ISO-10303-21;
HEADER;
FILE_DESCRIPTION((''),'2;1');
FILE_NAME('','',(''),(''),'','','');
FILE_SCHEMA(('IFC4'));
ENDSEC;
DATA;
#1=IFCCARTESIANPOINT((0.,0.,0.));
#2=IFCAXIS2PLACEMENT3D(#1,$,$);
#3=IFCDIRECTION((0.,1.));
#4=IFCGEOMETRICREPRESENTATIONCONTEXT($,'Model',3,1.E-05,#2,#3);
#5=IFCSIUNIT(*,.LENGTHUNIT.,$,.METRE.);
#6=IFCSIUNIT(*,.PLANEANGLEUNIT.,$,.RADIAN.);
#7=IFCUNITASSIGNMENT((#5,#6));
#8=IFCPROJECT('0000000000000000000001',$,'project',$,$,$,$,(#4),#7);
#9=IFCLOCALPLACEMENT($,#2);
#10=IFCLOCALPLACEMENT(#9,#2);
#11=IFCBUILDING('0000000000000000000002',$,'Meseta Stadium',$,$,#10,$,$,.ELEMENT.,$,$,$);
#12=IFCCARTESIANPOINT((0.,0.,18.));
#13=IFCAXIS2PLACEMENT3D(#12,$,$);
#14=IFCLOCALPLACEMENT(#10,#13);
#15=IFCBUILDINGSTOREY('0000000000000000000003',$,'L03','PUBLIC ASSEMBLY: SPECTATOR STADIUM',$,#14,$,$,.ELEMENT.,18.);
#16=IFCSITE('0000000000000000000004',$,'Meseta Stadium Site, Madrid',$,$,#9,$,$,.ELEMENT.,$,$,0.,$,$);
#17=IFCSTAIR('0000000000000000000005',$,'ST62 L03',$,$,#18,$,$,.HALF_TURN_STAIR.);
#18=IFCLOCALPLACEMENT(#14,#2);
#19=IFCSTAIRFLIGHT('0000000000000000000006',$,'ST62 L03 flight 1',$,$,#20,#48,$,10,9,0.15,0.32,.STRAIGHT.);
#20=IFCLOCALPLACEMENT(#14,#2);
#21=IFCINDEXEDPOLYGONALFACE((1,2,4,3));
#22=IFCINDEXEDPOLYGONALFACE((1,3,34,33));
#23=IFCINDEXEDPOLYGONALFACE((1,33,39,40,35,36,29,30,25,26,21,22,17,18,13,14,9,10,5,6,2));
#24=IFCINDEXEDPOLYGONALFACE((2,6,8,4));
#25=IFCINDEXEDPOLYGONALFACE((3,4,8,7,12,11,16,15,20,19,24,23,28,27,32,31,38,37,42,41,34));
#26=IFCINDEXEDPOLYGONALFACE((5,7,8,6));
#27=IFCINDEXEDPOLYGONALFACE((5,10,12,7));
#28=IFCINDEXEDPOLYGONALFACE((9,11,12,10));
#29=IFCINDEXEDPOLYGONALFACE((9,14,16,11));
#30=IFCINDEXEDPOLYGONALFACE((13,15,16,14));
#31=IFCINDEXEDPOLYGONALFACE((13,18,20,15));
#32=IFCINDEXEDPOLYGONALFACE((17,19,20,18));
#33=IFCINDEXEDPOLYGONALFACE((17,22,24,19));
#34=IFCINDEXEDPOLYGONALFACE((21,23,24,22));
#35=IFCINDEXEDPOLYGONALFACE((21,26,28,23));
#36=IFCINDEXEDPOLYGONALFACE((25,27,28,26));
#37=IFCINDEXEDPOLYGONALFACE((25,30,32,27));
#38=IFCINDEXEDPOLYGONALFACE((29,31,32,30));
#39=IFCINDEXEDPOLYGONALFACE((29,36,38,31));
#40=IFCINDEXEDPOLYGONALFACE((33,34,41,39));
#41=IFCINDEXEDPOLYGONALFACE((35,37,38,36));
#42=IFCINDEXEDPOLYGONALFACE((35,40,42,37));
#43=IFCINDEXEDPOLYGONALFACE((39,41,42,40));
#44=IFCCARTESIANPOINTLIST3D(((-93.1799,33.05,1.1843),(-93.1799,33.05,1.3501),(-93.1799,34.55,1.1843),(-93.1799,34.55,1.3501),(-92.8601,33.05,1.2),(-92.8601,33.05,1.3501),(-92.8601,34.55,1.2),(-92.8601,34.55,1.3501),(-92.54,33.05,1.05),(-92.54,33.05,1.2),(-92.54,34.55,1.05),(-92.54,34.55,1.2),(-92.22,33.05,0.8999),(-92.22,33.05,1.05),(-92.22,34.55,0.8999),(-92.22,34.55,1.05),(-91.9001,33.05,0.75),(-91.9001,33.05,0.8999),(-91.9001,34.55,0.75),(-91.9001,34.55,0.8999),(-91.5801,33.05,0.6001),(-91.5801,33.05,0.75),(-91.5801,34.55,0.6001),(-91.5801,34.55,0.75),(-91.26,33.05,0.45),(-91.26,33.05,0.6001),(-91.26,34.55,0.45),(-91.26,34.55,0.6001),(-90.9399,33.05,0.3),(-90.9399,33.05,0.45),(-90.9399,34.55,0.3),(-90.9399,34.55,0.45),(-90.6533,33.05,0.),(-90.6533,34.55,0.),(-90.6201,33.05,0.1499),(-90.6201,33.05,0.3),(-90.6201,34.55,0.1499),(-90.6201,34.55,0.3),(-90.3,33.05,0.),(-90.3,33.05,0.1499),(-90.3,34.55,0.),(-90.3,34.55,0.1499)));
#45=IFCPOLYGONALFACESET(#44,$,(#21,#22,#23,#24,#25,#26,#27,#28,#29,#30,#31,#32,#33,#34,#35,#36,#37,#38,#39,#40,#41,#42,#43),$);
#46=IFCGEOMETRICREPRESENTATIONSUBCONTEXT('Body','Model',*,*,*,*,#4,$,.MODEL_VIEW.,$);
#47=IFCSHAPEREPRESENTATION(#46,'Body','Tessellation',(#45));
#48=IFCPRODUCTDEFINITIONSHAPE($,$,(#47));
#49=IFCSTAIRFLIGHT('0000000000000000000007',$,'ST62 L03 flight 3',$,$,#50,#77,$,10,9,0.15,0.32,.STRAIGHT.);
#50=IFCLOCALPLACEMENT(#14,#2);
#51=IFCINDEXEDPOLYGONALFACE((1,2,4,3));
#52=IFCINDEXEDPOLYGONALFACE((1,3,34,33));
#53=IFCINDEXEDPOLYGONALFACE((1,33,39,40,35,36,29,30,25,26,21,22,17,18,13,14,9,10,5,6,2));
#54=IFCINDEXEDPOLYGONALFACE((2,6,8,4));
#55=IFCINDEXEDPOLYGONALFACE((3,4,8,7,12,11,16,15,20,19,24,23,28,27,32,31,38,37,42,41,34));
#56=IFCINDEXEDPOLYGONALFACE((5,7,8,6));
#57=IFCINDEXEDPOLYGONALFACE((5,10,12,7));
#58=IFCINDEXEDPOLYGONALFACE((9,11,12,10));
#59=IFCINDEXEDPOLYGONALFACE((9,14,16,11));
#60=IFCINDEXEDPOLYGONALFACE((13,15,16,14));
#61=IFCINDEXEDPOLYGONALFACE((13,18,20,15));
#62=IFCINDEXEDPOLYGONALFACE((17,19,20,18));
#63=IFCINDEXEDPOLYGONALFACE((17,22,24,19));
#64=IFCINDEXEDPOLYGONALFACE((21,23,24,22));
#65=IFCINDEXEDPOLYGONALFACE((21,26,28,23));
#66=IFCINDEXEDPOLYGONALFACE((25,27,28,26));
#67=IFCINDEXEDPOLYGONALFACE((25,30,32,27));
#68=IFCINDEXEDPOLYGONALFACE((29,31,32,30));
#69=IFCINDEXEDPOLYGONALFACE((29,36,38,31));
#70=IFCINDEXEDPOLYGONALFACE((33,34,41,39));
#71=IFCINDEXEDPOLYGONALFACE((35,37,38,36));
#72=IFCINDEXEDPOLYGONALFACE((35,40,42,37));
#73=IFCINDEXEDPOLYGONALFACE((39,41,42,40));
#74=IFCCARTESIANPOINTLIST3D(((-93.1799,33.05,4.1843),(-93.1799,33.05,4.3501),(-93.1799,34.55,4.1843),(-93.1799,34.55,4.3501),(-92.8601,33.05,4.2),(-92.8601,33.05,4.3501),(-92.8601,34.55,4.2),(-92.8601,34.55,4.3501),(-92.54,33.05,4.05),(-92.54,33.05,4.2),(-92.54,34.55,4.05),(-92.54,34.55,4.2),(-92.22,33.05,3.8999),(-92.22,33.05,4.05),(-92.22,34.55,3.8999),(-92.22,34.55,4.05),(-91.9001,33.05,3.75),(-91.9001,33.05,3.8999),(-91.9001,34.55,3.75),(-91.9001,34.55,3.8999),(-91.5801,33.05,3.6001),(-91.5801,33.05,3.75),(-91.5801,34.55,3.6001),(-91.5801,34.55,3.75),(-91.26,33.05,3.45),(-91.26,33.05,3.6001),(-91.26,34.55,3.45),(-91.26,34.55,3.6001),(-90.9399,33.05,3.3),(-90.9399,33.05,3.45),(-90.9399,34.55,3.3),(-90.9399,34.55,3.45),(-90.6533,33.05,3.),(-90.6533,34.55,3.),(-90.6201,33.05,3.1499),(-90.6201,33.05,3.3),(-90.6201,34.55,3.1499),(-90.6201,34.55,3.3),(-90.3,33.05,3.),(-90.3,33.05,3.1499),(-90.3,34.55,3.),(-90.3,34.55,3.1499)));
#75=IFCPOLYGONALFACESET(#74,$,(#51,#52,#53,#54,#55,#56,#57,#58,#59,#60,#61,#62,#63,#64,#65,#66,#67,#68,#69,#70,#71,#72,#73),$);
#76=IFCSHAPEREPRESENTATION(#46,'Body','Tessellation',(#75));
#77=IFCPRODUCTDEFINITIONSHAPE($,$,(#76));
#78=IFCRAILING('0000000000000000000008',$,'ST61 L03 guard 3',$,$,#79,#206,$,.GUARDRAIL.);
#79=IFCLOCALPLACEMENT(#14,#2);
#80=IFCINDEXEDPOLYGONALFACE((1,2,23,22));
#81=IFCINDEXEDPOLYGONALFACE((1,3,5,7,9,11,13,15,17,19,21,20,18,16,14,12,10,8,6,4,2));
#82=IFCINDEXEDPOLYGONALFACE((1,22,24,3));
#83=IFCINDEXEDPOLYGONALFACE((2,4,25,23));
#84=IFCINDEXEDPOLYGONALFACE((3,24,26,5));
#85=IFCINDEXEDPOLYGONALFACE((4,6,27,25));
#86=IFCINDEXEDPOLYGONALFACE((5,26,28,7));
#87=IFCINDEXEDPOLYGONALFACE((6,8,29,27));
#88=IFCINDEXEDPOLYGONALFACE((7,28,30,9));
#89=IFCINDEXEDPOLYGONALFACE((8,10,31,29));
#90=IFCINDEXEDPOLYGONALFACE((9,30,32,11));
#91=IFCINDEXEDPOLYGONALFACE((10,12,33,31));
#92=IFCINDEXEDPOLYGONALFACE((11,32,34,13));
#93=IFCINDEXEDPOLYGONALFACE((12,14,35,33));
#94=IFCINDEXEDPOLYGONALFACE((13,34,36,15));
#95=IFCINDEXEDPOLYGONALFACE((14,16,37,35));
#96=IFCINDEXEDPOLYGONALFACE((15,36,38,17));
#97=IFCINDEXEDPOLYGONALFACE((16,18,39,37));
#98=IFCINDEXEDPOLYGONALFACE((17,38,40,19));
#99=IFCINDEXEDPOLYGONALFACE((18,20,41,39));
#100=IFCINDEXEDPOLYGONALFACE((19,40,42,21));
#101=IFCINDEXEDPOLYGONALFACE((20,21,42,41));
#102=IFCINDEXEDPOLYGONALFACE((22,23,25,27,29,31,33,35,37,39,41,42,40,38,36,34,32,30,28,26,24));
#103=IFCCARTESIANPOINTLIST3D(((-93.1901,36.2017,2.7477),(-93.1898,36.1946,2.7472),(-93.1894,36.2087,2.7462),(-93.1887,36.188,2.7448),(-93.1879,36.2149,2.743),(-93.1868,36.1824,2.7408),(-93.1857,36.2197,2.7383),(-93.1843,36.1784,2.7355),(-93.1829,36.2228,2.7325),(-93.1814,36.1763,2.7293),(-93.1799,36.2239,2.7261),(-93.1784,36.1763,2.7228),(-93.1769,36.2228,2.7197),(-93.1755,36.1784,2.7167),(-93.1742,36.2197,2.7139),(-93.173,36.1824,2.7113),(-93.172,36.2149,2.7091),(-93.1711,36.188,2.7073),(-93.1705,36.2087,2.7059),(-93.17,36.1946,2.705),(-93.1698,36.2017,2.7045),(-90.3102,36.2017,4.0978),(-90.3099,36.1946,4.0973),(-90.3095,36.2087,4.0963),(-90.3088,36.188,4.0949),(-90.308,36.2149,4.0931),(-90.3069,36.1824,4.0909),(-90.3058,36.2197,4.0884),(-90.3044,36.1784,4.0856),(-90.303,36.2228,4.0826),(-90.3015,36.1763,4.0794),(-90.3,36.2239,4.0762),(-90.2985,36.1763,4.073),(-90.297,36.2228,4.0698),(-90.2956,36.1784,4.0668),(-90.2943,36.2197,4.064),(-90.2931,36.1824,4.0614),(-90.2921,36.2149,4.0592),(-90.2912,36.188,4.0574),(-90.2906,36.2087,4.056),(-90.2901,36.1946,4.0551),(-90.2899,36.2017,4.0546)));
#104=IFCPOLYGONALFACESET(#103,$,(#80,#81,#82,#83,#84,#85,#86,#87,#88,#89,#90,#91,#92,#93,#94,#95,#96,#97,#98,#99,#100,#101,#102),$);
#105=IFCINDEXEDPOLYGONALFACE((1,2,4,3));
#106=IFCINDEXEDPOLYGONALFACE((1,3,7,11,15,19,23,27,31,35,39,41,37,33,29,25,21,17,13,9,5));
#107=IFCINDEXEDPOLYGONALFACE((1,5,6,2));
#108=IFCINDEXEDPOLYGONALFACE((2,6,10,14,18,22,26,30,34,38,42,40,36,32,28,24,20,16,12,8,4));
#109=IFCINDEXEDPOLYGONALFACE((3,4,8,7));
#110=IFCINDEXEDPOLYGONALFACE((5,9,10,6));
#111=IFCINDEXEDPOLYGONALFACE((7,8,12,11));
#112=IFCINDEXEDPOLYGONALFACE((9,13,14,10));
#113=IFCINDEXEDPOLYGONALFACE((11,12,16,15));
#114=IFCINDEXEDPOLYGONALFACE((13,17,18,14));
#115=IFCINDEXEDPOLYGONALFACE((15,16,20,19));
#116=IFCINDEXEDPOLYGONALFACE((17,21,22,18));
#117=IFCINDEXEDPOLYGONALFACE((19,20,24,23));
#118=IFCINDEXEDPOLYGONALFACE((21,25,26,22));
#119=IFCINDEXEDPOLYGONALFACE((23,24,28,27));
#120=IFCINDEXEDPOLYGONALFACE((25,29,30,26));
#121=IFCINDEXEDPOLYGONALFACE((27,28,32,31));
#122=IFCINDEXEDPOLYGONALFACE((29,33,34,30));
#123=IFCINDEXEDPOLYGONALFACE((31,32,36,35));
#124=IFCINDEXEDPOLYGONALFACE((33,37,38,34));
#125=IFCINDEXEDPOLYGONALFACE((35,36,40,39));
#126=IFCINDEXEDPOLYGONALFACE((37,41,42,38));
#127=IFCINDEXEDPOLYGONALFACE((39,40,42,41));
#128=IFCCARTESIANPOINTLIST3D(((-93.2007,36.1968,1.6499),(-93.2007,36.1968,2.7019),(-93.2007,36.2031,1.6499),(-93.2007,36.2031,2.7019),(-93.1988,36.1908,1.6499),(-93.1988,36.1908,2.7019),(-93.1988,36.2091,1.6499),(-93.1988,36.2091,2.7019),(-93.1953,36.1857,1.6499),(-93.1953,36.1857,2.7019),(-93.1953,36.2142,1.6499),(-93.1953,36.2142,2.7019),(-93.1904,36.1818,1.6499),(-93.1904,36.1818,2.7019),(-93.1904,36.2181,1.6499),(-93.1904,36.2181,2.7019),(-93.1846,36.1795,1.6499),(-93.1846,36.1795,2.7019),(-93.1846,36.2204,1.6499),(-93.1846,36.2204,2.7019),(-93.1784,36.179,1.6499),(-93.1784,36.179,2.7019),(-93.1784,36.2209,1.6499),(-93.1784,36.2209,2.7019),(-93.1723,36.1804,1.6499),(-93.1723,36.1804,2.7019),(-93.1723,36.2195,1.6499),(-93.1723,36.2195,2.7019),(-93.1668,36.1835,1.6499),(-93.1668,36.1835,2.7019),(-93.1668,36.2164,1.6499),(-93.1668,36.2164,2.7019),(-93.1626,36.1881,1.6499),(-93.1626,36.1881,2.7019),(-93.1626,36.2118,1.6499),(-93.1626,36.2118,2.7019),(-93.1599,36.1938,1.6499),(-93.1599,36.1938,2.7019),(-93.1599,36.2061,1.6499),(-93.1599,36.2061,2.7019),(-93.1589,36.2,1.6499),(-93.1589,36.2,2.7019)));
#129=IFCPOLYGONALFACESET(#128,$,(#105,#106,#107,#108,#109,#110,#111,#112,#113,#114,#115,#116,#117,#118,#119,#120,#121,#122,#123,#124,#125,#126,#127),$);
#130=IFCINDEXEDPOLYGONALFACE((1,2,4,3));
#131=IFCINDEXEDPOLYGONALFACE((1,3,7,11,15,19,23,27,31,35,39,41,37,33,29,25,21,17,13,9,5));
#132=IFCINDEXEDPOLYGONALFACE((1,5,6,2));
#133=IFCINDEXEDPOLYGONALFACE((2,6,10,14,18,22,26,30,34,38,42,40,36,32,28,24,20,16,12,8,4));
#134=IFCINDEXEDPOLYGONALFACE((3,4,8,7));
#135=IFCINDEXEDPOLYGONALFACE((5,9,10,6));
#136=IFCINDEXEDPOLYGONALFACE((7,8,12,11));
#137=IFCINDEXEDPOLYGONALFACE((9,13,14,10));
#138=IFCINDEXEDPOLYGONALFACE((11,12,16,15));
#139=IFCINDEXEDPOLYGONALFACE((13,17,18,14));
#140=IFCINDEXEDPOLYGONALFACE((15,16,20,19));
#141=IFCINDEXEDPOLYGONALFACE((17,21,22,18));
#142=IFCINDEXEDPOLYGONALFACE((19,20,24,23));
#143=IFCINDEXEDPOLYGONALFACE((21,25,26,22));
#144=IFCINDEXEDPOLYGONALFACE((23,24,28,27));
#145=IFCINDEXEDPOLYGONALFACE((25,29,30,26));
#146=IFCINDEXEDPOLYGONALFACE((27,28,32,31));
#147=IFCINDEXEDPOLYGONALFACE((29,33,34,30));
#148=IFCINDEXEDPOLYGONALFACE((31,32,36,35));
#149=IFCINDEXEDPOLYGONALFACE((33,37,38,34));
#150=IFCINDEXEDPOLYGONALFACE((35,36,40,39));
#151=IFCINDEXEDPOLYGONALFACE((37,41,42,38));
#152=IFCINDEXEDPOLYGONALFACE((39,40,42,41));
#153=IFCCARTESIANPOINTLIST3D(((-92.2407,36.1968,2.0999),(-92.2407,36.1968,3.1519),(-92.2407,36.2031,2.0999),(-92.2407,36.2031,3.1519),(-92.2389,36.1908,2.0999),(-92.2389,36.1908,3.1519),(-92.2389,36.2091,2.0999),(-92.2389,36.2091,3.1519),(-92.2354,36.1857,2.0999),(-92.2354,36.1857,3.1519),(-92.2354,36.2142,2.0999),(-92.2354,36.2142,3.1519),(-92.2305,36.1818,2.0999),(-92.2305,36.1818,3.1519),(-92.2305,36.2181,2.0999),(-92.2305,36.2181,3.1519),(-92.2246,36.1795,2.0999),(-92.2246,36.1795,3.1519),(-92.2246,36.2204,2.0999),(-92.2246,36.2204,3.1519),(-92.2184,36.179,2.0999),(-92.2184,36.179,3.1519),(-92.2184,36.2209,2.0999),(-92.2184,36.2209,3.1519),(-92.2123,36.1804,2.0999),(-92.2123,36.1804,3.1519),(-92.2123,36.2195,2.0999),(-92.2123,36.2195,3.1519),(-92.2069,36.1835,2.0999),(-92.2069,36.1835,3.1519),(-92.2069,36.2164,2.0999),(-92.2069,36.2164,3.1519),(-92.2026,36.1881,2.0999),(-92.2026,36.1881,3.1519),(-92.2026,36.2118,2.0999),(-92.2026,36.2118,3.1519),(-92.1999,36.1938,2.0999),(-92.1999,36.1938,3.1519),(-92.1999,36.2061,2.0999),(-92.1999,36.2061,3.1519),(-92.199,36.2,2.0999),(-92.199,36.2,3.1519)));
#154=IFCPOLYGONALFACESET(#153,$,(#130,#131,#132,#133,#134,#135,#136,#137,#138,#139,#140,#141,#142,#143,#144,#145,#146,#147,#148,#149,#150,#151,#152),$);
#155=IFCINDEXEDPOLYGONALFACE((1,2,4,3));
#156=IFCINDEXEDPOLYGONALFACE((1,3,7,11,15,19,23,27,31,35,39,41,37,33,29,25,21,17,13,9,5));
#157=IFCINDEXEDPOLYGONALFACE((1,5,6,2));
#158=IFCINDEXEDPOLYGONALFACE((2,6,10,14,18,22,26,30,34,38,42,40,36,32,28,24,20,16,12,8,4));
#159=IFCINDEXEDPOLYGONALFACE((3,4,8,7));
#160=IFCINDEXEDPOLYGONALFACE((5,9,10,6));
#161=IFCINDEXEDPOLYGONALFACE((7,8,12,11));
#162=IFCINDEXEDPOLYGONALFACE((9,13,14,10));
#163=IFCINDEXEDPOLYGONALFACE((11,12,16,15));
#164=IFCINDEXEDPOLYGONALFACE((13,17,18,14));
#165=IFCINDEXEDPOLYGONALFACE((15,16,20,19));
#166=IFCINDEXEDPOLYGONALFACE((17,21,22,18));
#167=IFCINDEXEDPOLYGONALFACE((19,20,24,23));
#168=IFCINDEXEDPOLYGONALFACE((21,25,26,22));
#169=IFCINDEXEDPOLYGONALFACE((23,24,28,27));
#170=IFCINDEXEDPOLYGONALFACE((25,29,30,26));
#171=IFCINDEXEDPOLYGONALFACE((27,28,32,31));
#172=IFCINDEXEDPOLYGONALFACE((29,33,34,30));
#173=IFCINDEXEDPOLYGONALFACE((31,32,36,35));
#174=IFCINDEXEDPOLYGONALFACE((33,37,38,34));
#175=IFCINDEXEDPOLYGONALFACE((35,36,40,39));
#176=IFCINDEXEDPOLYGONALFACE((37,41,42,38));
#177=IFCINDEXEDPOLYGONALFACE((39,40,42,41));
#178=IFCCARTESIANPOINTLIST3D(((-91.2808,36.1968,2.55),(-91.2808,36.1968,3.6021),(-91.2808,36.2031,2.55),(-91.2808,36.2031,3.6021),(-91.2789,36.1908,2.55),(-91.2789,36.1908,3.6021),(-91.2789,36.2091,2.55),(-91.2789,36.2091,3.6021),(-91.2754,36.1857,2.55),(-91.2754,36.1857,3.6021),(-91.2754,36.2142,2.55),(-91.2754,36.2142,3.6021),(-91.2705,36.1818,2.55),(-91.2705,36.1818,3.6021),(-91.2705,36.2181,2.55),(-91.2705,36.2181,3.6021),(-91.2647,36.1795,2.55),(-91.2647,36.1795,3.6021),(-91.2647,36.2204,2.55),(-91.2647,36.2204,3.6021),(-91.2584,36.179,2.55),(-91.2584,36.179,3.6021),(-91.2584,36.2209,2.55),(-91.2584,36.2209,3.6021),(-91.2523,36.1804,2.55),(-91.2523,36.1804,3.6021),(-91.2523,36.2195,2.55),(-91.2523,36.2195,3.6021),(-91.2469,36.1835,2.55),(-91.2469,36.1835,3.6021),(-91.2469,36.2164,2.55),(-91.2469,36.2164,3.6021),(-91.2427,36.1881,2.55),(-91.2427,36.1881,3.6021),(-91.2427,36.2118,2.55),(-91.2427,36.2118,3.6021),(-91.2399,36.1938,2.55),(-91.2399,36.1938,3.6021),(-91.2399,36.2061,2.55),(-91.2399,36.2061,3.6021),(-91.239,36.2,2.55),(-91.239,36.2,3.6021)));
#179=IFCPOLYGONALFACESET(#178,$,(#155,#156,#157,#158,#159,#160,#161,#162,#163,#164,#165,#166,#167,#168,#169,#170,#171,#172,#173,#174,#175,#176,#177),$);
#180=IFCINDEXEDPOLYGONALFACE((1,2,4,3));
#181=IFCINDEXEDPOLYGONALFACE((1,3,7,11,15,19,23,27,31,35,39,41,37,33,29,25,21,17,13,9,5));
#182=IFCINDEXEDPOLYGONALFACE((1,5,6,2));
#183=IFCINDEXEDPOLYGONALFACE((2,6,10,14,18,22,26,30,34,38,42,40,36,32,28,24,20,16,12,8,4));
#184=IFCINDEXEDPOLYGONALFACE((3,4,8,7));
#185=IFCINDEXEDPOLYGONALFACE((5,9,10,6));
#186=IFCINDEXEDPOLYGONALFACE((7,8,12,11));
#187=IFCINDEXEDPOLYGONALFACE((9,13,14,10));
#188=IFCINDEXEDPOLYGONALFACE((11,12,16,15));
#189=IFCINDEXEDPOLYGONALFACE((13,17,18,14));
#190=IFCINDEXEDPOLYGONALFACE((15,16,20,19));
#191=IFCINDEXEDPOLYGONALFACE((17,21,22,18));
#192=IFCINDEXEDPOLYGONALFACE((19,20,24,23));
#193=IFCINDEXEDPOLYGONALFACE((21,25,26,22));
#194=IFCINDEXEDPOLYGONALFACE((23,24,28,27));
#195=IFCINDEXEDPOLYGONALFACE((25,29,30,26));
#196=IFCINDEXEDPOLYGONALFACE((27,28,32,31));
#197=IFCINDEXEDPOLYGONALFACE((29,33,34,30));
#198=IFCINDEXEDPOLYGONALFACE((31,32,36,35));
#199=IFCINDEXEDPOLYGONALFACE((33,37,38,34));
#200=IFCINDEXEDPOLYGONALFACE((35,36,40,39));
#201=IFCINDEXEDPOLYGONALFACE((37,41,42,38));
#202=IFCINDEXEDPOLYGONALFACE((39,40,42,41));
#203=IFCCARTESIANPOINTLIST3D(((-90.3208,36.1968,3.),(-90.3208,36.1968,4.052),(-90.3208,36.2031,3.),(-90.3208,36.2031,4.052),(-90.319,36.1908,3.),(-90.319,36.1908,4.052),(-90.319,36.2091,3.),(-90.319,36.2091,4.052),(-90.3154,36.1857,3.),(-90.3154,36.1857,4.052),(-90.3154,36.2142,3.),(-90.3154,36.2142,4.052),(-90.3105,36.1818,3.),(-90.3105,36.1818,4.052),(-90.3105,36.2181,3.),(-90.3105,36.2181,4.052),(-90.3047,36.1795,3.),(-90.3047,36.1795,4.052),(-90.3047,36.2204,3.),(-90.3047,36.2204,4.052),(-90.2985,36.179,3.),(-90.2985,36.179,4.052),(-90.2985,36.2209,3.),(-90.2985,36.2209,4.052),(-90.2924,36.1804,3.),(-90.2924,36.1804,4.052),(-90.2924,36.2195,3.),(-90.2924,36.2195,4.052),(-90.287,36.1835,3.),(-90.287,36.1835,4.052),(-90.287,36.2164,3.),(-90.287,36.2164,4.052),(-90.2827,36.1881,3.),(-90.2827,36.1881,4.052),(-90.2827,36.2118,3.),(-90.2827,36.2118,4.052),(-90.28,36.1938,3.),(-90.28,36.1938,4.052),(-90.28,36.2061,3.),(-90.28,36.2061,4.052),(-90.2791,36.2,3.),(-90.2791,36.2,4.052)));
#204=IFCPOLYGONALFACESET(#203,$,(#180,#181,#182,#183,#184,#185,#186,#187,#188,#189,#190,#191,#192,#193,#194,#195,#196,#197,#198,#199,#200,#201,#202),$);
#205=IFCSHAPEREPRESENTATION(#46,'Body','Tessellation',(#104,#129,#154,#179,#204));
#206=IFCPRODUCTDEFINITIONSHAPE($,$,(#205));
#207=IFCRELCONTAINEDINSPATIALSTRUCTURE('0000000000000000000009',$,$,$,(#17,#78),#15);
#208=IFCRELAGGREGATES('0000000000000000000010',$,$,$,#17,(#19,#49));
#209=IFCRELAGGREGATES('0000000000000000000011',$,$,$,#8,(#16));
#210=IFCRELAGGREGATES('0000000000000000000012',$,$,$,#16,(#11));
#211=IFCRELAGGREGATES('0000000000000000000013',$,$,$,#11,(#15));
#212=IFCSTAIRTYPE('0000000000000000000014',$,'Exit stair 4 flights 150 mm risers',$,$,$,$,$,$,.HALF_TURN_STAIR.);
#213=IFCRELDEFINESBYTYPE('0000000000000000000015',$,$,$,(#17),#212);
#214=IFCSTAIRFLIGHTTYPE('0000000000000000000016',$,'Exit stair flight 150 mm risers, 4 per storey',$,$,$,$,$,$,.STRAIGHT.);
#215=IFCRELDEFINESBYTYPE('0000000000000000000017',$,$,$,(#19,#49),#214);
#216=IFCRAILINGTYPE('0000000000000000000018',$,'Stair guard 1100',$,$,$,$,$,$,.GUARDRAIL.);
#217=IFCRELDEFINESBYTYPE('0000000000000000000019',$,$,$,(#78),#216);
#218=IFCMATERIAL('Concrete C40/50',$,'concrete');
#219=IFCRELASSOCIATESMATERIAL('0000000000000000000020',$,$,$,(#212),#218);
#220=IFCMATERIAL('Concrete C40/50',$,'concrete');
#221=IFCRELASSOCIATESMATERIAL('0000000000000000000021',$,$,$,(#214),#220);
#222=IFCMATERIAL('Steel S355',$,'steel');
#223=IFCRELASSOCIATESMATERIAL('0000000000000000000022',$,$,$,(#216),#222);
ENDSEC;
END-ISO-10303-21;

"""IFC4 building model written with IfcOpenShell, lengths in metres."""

from ifc_helpers import new_model, si_unit, direction, frame, origin, origin_2d, place, context, subcontext, project, spatial, polyline, circle, outline, extrude, material, type_object, element, aggregate, save


model = new_model("IFC4")

# Units and contexts
model_context = context("Model", 3, precision=1e-05, world=origin(), true_north=direction((0.0, 1.0)))
body_context = subcontext(model_context, "Body", "Model", "MODEL_VIEW")
ifc_project = project(units=[si_unit("LENGTHUNIT", "METRE"), si_unit("PLANEANGLEUNIT", "RADIAN")], contexts=[model_context])

# Site, building, storey
site_placement = place(None, origin())
site = spatial("IfcSite", under=ifc_project, at=site_placement, Name="Meseta Stadium Site, Madrid", CompositionType="ELEMENT", RefElevation=0.0)
building_placement = place(site_placement, origin())
building = spatial("IfcBuilding", under=site, at=building_placement, Name="Meseta Stadium", CompositionType="ELEMENT")
storey_placement = place(building_placement, frame((0.0, 0.0, 18.0)))
storey = spatial("IfcBuildingStorey", under=building, at=storey_placement, Name="L03", Description="PUBLIC ASSEMBLY: SPECTATOR STADIUM", CompositionType="ELEMENT", Elevation=18.0)

# Stair, stair flights
ifc_material_1 = material(Name="Concrete C40/50", Category="concrete")
stair_type = type_object("IfcStairType", Name="Exit stair 4 flights 150 mm risers", PredefinedType="HALF_TURN_STAIR", material=ifc_material_1)
ifc_material_2 = material(Name="Concrete C40/50", Category="concrete")
stair_flight_type = type_object("IfcStairFlightType", Name="Exit stair flight 150 mm risers, 4 per storey", PredefinedType="STRAIGHT", material=ifc_material_2)
stair_1_placement = place(storey_placement, origin())
stair_1 = element("IfcStair", 1, at=stair_1_placement, inside=storey, type_object=stair_type, Name="ST62 L03", PredefinedType="HALF_TURN_STAIR")
stair_flight_1_placement = place(storey_placement, frame((-90.3, 33.8, 0.0), z_axis=(0.0, 0.0, 1.0), x_axis=(-1.0, 0.0, 0.0)))
stair_flight_1 = element("IfcStairFlight", 2, at=stair_flight_1_placement, type_object=stair_flight_type, Name="ST62 L03 flight 1", NumberOfRisers=10, NumberOfTreads=9, PredefinedType="STRAIGHT", RiserHeight=0.15, TreadLength=0.32, context=body_context, shape_type="SweptSolid", body=[
    extrude(outline(polyline([(0.0, 0.0), (0.0, 0.1499), (0.3201, 0.1499), (0.3201, 0.3), (0.6399, 0.3), (0.6399, 0.45), (0.96, 0.45), (0.96, 0.6001), (1.28, 0.6001), (1.28, 0.75), (1.6001, 0.75), (1.6001, 0.8999), (1.9199, 0.8999), (1.9199, 1.05), (2.24, 1.05), (2.24, 1.2), (2.5601, 1.2), (2.5601, 1.3501), (2.8799, 1.3501), (2.8799, 1.1843), (0.3533, 0.0), (0.0, 0.0)])), frame((0.0, 0.75, 0.0), z_axis=(0.0, -1.0, 0.0), x_axis=(1.0, 0.0, 0.0)), (0.0, 0.0, 1.0), 1.5),
])
stair_flight_2_placement = place(storey_placement, frame((-90.3, 33.8, 3.0), z_axis=(0.0, 0.0, 1.0), x_axis=(-1.0, 0.0, 0.0)))
stair_flight_2 = element("IfcStairFlight", 3, at=stair_flight_2_placement, type_object=stair_flight_type, Name="ST62 L03 flight 3", NumberOfRisers=10, NumberOfTreads=9, PredefinedType="STRAIGHT", RiserHeight=0.15, TreadLength=0.32, context=body_context, shape_type="SweptSolid", body=[
    extrude(outline(polyline([(0.0, 0.0), (0.0, 0.1499), (0.3201, 0.1499), (0.3201, 0.3), (0.6399, 0.3), (0.6399, 0.45), (0.96, 0.45), (0.96, 0.6001), (1.28, 0.6001), (1.28, 0.75), (1.6001, 0.75), (1.6001, 0.8999), (1.9199, 0.8999), (1.9199, 1.05), (2.24, 1.05), (2.24, 1.2), (2.5601, 1.2), (2.5601, 1.3501), (2.8799, 1.3501), (2.8799, 1.1843), (0.3533, 0.0), (0.0, 0.0)])), frame((0.0, 0.75, 0.0), z_axis=(0.0, -1.0, 0.0), x_axis=(1.0, 0.0, 0.0)), (0.0, 0.0, 1.0), 1.5),
])
aggregate(stair_1, [stair_flight_1, stair_flight_2])

# Railing
ifc_material_3 = material(Name="Steel S355", Category="steel")
railing_type_1 = type_object("IfcRailingType", Name="Stair guard 1100", PredefinedType="GUARDRAIL", material=ifc_material_3)
railing_1_placement = place(storey_placement, frame((-93.1799, 36.2, 1.6499)))
element("IfcRailing", 4, at=railing_1_placement, inside=storey, type_object=railing_type_1, Name="ST61 L03 guard 3", PredefinedType="GUARDRAIL", context=body_context, shape_type="SweptSolid", body=[
    extrude(circle(Radius=0.0239, at=origin_2d()), frame((0.0, 0.0, 1.0762), z_axis=(0.90544, 0.0, 0.424473), x_axis=(0.0, 1.0, 0.0)), (0.0, 0.0, 1.0), 3.1807),
    extrude(circle(Radius=0.021, at=origin_2d()), origin(), (0.0, 0.0, 1.0), 1.052),
    extrude(circle(Radius=0.021, at=origin_2d()), frame((0.96, 0.0, 0.45)), (0.0, 0.0, 1.0), 1.052),
    extrude(circle(Radius=0.021, at=origin_2d()), frame((1.9199, 0.0, 0.9001)), (0.0, 0.0, 1.0), 1.052),
    extrude(circle(Radius=0.021, at=origin_2d()), frame((2.8799, 0.0, 1.3501)), (0.0, 0.0, 1.0), 1.052),
])

save(model, "model.ifc")
